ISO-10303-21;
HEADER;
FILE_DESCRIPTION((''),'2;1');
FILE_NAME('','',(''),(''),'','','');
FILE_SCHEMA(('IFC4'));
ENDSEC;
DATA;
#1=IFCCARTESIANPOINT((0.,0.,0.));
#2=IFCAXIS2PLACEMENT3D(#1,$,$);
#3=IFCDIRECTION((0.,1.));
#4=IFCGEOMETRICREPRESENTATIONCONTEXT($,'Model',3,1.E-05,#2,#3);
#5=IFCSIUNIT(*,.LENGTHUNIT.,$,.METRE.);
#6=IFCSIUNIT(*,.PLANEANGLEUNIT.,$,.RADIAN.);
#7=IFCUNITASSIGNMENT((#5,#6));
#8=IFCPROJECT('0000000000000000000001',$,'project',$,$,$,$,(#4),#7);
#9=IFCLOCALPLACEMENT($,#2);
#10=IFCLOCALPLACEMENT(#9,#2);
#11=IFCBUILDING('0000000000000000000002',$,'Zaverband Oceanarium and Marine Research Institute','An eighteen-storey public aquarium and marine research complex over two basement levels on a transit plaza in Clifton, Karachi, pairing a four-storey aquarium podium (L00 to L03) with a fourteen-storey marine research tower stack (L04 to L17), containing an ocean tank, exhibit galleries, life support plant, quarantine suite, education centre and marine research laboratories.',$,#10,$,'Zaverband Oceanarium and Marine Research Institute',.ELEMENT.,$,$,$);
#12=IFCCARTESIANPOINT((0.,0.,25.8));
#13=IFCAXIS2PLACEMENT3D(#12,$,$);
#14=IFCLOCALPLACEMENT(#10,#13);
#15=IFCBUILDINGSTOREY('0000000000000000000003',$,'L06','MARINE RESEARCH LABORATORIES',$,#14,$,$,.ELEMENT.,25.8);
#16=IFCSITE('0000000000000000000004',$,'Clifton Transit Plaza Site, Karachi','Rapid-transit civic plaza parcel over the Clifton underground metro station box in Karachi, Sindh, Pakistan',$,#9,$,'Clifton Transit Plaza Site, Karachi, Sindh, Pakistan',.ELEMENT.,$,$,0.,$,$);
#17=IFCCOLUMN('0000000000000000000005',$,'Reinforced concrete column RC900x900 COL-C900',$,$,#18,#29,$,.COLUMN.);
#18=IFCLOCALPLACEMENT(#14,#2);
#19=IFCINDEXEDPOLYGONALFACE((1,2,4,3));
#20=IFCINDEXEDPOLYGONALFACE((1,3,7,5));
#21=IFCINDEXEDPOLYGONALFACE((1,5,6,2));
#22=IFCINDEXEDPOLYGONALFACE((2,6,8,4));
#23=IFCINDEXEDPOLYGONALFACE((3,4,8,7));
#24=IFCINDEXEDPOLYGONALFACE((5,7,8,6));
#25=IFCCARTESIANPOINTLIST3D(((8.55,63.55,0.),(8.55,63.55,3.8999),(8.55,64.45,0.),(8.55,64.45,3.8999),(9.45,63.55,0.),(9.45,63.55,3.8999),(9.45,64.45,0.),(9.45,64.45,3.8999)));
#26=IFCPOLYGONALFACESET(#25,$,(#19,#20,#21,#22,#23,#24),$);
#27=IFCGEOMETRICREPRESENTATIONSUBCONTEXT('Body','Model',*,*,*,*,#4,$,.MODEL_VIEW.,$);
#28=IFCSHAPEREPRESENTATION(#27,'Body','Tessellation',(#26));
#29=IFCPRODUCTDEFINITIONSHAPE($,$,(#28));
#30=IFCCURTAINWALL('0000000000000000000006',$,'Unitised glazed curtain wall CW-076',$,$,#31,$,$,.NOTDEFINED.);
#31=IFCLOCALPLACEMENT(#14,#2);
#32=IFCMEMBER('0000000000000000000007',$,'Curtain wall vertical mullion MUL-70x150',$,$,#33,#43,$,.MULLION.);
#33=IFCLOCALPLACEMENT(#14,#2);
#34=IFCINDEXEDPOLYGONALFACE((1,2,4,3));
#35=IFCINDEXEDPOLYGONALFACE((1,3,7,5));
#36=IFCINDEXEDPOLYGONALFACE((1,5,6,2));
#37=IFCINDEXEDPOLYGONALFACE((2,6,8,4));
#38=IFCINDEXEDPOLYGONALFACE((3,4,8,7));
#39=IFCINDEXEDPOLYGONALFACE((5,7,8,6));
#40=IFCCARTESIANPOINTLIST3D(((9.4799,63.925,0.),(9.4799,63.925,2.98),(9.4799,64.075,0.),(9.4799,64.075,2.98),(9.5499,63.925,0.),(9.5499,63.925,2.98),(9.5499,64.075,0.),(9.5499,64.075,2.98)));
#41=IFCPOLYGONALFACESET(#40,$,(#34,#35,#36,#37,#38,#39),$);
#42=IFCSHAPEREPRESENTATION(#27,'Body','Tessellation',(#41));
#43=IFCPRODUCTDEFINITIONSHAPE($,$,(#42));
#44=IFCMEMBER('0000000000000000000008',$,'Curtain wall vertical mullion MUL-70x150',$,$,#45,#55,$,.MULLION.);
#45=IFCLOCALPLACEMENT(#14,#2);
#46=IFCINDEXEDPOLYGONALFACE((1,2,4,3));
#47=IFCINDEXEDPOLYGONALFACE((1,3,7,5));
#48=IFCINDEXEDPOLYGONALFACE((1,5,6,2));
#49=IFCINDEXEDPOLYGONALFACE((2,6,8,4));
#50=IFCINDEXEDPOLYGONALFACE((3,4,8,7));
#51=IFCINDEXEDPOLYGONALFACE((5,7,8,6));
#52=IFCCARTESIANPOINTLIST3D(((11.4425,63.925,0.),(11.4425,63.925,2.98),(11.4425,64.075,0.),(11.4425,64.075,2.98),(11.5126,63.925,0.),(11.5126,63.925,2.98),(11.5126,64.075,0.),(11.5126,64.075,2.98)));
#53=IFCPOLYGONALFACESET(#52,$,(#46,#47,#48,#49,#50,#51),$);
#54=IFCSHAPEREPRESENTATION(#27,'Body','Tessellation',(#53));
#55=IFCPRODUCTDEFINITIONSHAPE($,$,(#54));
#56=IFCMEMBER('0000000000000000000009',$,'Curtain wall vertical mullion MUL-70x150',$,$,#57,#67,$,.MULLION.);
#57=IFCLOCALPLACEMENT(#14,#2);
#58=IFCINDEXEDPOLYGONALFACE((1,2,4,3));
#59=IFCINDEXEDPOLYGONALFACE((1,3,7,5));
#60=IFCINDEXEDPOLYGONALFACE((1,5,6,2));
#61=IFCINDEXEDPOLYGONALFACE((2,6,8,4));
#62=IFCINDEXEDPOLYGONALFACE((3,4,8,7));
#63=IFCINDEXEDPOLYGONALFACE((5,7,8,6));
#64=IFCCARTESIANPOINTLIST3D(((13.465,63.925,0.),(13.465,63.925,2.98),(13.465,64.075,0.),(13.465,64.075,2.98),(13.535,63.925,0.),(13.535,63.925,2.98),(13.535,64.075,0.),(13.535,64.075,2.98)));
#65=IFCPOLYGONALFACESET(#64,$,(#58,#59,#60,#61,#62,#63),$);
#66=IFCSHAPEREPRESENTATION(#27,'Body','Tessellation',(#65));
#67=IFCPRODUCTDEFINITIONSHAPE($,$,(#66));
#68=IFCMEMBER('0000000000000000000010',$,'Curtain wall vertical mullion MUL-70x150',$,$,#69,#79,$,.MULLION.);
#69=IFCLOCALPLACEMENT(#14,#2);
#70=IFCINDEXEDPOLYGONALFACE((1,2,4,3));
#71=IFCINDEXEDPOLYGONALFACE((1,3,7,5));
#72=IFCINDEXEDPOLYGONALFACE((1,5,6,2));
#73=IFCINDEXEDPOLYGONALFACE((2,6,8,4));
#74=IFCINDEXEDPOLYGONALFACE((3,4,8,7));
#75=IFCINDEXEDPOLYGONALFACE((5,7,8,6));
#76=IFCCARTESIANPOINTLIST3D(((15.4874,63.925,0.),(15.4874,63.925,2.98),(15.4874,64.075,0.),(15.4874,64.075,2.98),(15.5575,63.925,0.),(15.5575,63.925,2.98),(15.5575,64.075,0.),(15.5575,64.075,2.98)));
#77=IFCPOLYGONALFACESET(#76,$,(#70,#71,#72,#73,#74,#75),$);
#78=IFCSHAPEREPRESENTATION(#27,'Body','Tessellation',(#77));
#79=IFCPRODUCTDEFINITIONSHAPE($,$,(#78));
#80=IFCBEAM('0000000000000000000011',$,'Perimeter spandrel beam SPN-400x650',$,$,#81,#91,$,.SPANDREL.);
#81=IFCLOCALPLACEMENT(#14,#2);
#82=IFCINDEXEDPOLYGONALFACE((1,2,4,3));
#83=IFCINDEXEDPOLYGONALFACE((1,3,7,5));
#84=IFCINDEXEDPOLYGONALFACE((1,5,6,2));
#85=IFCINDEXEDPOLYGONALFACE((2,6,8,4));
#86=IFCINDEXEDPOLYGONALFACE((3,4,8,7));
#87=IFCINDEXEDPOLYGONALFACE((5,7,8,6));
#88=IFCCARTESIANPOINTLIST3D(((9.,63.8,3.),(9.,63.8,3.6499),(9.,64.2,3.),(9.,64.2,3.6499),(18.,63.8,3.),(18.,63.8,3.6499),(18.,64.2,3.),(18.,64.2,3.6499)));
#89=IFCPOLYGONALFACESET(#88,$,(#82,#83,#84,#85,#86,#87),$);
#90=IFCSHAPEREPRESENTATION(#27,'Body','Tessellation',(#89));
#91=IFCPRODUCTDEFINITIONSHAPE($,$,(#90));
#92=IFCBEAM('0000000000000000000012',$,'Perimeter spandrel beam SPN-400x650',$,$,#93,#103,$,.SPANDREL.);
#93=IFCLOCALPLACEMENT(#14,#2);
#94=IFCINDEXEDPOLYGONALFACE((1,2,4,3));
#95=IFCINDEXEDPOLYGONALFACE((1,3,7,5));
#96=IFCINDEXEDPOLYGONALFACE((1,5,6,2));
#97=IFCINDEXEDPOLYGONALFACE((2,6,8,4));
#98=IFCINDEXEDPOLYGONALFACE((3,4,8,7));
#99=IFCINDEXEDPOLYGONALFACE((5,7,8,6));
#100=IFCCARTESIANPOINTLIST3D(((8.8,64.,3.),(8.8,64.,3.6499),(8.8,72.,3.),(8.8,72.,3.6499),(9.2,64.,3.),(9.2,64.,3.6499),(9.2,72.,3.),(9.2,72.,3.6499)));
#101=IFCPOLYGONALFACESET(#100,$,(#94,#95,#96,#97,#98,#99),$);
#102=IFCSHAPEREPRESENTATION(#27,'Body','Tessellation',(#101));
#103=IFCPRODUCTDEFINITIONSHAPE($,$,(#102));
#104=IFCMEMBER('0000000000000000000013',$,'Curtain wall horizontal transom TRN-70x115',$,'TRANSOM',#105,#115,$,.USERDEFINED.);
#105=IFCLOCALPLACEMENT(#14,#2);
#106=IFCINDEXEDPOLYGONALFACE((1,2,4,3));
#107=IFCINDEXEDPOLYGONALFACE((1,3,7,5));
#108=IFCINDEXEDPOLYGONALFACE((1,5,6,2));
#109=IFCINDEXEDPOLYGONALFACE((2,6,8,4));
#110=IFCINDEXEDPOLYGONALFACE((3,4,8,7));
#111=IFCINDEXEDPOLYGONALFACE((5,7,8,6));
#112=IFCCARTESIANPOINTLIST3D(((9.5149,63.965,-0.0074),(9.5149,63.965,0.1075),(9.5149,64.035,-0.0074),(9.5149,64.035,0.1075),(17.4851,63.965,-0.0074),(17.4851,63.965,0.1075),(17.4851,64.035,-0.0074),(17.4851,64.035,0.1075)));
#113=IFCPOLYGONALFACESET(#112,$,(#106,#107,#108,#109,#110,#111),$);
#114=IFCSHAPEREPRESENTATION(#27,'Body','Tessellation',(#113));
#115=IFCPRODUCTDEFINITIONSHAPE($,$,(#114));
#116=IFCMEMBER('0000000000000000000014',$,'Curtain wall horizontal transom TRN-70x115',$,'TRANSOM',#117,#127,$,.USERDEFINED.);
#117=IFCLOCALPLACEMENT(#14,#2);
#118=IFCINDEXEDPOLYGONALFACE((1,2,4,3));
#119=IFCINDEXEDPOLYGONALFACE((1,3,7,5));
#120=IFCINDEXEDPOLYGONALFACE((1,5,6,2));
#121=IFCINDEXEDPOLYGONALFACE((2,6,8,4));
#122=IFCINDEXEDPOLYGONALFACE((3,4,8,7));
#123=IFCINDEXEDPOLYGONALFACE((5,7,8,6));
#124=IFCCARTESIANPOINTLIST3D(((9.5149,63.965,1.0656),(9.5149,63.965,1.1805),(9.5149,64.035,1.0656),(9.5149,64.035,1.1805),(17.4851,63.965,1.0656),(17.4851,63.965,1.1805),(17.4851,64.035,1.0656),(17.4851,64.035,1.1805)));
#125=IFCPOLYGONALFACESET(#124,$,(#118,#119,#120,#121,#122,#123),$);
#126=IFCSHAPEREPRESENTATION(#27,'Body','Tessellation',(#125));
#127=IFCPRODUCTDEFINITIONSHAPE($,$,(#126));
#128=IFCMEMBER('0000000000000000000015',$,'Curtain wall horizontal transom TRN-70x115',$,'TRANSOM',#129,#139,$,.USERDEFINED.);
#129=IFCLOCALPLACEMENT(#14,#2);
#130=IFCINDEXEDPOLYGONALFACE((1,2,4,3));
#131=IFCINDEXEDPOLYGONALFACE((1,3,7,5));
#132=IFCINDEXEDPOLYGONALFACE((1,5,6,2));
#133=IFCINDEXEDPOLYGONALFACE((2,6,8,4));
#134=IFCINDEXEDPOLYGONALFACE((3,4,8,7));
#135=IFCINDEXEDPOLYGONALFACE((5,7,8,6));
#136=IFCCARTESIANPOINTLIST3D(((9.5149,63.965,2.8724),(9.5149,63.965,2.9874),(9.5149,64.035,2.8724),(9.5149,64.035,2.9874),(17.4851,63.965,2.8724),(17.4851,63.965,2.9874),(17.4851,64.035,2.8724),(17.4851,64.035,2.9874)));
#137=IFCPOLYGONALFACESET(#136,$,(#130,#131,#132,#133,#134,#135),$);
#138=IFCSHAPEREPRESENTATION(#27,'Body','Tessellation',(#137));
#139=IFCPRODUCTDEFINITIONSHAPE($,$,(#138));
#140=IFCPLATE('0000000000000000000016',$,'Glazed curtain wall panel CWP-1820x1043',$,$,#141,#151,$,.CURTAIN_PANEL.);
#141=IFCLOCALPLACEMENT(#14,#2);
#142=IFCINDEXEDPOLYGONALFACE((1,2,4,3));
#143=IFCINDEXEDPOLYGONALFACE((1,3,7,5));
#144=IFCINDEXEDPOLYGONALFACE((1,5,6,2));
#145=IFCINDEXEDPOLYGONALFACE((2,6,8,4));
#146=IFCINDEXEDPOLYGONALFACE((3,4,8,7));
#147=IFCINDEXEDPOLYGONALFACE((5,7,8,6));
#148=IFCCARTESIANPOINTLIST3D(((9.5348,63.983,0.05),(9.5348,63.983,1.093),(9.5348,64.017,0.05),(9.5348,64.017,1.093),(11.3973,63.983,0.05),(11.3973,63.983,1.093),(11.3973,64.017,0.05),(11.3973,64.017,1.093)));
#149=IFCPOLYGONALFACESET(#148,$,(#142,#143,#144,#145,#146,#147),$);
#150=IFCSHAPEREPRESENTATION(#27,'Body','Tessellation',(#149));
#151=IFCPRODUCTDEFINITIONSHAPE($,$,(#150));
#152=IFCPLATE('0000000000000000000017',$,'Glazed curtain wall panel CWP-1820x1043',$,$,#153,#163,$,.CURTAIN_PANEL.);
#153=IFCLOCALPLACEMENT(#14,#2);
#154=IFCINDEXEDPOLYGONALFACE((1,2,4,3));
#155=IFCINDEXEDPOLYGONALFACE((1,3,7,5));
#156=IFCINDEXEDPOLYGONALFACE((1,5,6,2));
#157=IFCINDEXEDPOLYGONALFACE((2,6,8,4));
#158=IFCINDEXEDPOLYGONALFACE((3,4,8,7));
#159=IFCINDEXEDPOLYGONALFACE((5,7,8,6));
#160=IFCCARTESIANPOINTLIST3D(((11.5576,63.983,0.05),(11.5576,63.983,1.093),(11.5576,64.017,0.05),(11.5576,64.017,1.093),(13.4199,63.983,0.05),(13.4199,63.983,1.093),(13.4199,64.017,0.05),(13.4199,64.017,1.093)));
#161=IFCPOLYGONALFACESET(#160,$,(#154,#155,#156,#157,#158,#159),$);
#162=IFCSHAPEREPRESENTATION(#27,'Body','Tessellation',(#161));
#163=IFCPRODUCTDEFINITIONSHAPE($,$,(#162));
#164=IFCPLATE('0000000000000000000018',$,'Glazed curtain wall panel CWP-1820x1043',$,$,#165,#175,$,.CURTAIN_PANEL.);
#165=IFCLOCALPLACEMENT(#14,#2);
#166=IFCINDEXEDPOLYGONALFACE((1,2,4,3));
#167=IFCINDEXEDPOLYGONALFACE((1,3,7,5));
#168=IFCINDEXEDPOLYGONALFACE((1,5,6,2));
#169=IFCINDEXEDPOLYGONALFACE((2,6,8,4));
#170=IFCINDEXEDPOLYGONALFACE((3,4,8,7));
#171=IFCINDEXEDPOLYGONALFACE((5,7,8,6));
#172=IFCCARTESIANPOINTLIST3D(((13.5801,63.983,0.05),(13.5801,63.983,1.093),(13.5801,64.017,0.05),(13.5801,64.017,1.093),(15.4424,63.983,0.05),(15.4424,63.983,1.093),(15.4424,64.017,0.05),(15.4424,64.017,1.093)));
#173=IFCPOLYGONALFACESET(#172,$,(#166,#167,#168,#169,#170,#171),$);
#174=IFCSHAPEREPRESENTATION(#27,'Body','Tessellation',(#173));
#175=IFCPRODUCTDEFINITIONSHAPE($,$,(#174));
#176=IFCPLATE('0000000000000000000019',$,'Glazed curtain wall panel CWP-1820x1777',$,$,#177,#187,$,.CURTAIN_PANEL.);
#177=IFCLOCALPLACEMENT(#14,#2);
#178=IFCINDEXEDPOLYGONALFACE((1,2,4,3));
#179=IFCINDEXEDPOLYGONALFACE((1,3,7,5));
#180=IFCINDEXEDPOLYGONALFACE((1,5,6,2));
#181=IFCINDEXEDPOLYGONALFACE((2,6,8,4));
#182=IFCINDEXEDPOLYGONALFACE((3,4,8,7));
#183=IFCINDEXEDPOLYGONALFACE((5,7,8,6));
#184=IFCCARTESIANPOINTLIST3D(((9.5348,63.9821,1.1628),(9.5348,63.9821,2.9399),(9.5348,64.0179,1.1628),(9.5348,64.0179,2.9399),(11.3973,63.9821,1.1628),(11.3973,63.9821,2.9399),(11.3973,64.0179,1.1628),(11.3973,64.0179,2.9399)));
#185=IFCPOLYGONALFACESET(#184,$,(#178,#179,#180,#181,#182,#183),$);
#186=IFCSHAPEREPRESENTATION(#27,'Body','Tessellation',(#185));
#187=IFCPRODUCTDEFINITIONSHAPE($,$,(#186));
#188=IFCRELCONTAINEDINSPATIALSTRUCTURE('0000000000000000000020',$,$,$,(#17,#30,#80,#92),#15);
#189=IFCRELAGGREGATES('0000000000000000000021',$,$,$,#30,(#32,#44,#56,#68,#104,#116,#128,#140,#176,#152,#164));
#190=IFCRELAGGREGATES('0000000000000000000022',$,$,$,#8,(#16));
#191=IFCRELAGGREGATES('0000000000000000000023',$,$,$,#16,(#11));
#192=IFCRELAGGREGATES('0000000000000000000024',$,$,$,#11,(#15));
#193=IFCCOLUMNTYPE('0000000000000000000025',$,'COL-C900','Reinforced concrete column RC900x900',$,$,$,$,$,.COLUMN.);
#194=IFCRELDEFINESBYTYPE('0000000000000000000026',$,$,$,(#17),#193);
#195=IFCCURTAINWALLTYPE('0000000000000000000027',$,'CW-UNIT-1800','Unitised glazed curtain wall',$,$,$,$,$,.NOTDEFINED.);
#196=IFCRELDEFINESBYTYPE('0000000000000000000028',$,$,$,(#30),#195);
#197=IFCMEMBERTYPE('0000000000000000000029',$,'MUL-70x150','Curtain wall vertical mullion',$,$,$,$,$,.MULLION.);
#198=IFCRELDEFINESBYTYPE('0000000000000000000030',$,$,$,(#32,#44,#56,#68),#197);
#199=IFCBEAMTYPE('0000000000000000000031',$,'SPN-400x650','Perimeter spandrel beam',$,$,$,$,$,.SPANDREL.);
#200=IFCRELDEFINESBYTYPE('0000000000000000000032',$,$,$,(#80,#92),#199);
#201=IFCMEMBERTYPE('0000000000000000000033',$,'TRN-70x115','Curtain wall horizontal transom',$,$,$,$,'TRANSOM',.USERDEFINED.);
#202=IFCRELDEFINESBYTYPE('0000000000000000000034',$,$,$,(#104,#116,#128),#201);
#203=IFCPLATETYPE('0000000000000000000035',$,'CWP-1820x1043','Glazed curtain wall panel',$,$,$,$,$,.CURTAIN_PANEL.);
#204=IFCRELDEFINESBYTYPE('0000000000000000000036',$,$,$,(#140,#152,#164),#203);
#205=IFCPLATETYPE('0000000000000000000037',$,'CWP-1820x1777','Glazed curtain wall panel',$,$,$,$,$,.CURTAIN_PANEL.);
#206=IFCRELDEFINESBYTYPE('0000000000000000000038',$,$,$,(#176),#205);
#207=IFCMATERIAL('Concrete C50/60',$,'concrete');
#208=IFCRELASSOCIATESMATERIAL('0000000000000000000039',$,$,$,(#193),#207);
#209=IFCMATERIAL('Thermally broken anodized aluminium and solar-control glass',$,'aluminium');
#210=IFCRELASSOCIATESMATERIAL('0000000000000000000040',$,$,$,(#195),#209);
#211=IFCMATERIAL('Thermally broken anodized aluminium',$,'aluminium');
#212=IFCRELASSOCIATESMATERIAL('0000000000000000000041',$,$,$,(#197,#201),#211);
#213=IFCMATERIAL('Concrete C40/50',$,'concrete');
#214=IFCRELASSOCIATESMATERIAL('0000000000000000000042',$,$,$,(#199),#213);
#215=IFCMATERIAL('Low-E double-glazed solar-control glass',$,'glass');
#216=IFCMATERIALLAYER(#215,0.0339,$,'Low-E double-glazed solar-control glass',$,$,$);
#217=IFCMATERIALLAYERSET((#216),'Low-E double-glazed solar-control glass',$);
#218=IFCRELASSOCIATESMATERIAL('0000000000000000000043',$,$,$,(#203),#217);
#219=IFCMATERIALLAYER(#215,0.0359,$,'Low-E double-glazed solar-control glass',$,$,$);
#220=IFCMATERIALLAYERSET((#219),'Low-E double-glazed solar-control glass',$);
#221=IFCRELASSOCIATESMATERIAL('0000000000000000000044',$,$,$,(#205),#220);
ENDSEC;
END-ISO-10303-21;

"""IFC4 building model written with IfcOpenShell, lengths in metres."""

from ifc_helpers import new_model, si_unit, direction, frame, frame_2d, origin, origin_2d, place, context, subcontext, project, spatial, rectangle, extrude, material, layer, layer_set, material_profile, profile_set, type_object, element, aggregate, save


model = new_model("IFC4")

# Units and contexts
model_context = context("Model", 3, precision=1e-05, world=origin(), true_north=direction((0.0, 1.0)))
body_context = subcontext(model_context, "Body", "Model", "MODEL_VIEW")
ifc_project = project(units=[si_unit("LENGTHUNIT", "METRE"), si_unit("PLANEANGLEUNIT", "RADIAN")], contexts=[model_context])

# Site, building, storey
site_placement = place(None, origin())
site = spatial("IfcSite", under=ifc_project, at=site_placement, Name="Clifton Transit Plaza Site, Karachi", Description="Rapid-transit civic plaza parcel over the Clifton underground metro station box in Karachi, Sindh, Pakistan", LongName="Clifton Transit Plaza Site, Karachi, Sindh, Pakistan", CompositionType="ELEMENT", RefElevation=0.0)
building_placement = place(site_placement, origin())
building = spatial("IfcBuilding", under=site, at=building_placement, Name="Zaverband Oceanarium and Marine Research Institute", Description="An eighteen-storey public aquarium and marine research complex over two basement levels on a transit plaza in Clifton, Karachi, pairing a four-storey aquarium podium (L00 to L03) with a fourteen-storey marine research tower stack (L04 to L17), containing an ocean tank, exhibit galleries, life support plant, quarantine suite, education centre and marine research laboratories.", LongName="Zaverband Oceanarium and Marine Research Institute", CompositionType="ELEMENT")
storey_placement = place(building_placement, frame((0.0, 0.0, 25.8)))
storey = spatial("IfcBuildingStorey", under=building, at=storey_placement, Name="L06", Description="MARINE RESEARCH LABORATORIES", CompositionType="ELEMENT", Elevation=25.8)

# Column
ifc_material_1 = material(Name="Concrete C50/60", Category="concrete")
ifc_material_profile_1 = material_profile(ifc_material_1, rectangle(XDim=0.8999, YDim=0.8999, at=origin_2d()), Name="RC900x900")
ifc_profile_set_1 = profile_set([ifc_material_profile_1], Name="Concrete C50/60")
column_type = type_object("IfcColumnType", Name="COL-C900", Description="Reinforced concrete column RC900x900", PredefinedType="COLUMN", material=ifc_profile_set_1)
column_placement = place(storey_placement, frame((9.0, 64.0, 0.0), z_axis=(0.0, 0.0, 1.0), x_axis=(1.0, 0.0, 0.0)))
element("IfcColumn", 1, at=column_placement, inside=storey, type_object=column_type, Name="Reinforced concrete column RC900x900 COL-C900", PredefinedType="COLUMN", context=body_context, shape_type="SweptSolid", body=[
    extrude(rectangle(XDim=0.8999, YDim=0.8999, at=origin_2d()), origin(), (0.0, 0.0, 1.0), 3.8999),
])

# Curtain wall, members
ifc_material_2 = material(Name="Thermally broken anodized aluminium and solar-control glass", Category="aluminium")
curtain_wall_type = type_object("IfcCurtainWallType", Name="CW-UNIT-1800", Description="Unitised glazed curtain wall", PredefinedType="NOTDEFINED", material=ifc_material_2)
curtain_wall_placement = place(storey_placement, origin())
curtain_wall = element("IfcCurtainWall", 2, at=curtain_wall_placement, inside=storey, type_object=curtain_wall_type, Name="Unitised glazed curtain wall CW-076", PredefinedType="NOTDEFINED")
ifc_material_3 = material(Name="Thermally broken anodized aluminium", Category="aluminium")
ifc_material_profile_2 = material_profile(ifc_material_3, rectangle(XDim=0.0701, YDim=0.1499, at=origin_2d()), Name="AL-MUL-70x150")
ifc_profile_set_2 = profile_set([ifc_material_profile_2], Name="Thermally broken anodized aluminium")
member_type_1 = type_object("IfcMemberType", Name="MUL-70x150", Description="Curtain wall vertical mullion", PredefinedType="MULLION", material=ifc_profile_set_2)
member_1_placement = place(storey_placement, frame((9.5149, 64.0, 0.0), z_axis=(0.0, 0.0, 1.0), x_axis=(1.0, 0.0, 0.0)))
member_1 = element("IfcMember", 3, at=member_1_placement, type_object=member_type_1, Name="Curtain wall vertical mullion MUL-70x150", PredefinedType="MULLION", context=body_context, shape_type="SweptSolid", body=[
    extrude(rectangle(XDim=0.0701, YDim=0.1499, at=origin_2d()), origin(), (0.0, 0.0, 1.0), 2.98),
])
member_2_placement = place(storey_placement, frame((11.4775, 64.0, 0.0), z_axis=(0.0, 0.0, 1.0), x_axis=(1.0, 0.0, 0.0)))
member_2 = element("IfcMember", 4, at=member_2_placement, type_object=member_type_1, Name="Curtain wall vertical mullion MUL-70x150", PredefinedType="MULLION", context=body_context, shape_type="SweptSolid", body=[
    extrude(rectangle(XDim=0.0701, YDim=0.1499, at=origin_2d()), origin(), (0.0, 0.0, 1.0), 2.98),
])
member_3_placement = place(storey_placement, frame((13.5, 64.0, 0.0), z_axis=(0.0, 0.0, 1.0), x_axis=(1.0, 0.0, 0.0)))
member_3 = element("IfcMember", 5, at=member_3_placement, type_object=member_type_1, Name="Curtain wall vertical mullion MUL-70x150", PredefinedType="MULLION", context=body_context, shape_type="SweptSolid", body=[
    extrude(rectangle(XDim=0.0701, YDim=0.1499, at=origin_2d()), origin(), (0.0, 0.0, 1.0), 2.98),
])
member_4_placement = place(storey_placement, frame((15.5225, 64.0, 0.0), z_axis=(0.0, 0.0, 1.0), x_axis=(1.0, 0.0, 0.0)))
member_4 = element("IfcMember", 6, at=member_4_placement, type_object=member_type_1, Name="Curtain wall vertical mullion MUL-70x150", PredefinedType="MULLION", context=body_context, shape_type="SweptSolid", body=[
    extrude(rectangle(XDim=0.0701, YDim=0.1499, at=origin_2d()), origin(), (0.0, 0.0, 1.0), 2.98),
])

# Beams
ifc_material_4 = material(Name="Concrete C40/50", Category="concrete")
ifc_material_profile_3 = material_profile(ifc_material_4, rectangle(XDim=0.3999, YDim=0.6499, at=origin_2d()), Name="RC400x650")
ifc_profile_set_3 = profile_set([ifc_material_profile_3], Name="Concrete C40/50")
beam_type = type_object("IfcBeamType", Name="SPN-400x650", Description="Perimeter spandrel beam", PredefinedType="SPANDREL", material=ifc_profile_set_3)
beam_1_placement = place(storey_placement, frame((9.0, 64.0, 3.325), z_axis=(1.0, 0.0, 0.0), x_axis=(0.0, 1.0, 0.0)))
element("IfcBeam", 7, at=beam_1_placement, inside=storey, type_object=beam_type, Name="Perimeter spandrel beam SPN-400x650", PredefinedType="SPANDREL", context=body_context, shape_type="SweptSolid", body=[
    extrude(rectangle(XDim=0.3999, YDim=0.6499, at=origin_2d()), origin(), (0.0, 0.0, 1.0), 9.0),
])
beam_2_placement = place(storey_placement, frame((9.0, 64.0, 3.325), z_axis=(0.0, 1.0, 0.0), x_axis=(-1.0, 0.0, 0.0)))
element("IfcBeam", 8, at=beam_2_placement, inside=storey, type_object=beam_type, Name="Perimeter spandrel beam SPN-400x650", PredefinedType="SPANDREL", context=body_context, shape_type="SweptSolid", body=[
    extrude(rectangle(XDim=0.3999, YDim=0.6499, at=origin_2d()), origin(), (0.0, 0.0, 1.0), 8.0),
])

# Members
ifc_material_profile_4 = material_profile(ifc_material_3, rectangle(XDim=0.0701, YDim=0.115, at=origin_2d()), Name="AL-TRN-70x115")
ifc_profile_set_4 = profile_set([ifc_material_profile_4], Name="Thermally broken anodized aluminium")
member_type_2 = type_object("IfcMemberType", Name="TRN-70x115", Description="Curtain wall horizontal transom", ElementType="TRANSOM", PredefinedType="USERDEFINED", material=ifc_profile_set_4)
member_5_placement = place(storey_placement, frame((9.5149, 64.0, 0.05), z_axis=(1.0, 0.0, 0.0), x_axis=(0.0, 1.0, 0.0)))
member_5 = element("IfcMember", 9, at=member_5_placement, type_object=member_type_2, Name="Curtain wall horizontal transom TRN-70x115", ObjectType="TRANSOM", PredefinedType="USERDEFINED", context=body_context, shape_type="SweptSolid", body=[
    extrude(rectangle(XDim=0.0701, YDim=0.115, at=origin_2d()), origin(), (0.0, 0.0, 1.0), 7.9702),
])
member_6_placement = place(storey_placement, frame((9.5149, 64.0, 1.123), z_axis=(1.0, 0.0, 0.0), x_axis=(0.0, 1.0, 0.0)))
member_6 = element("IfcMember", 10, at=member_6_placement, type_object=member_type_2, Name="Curtain wall horizontal transom TRN-70x115", ObjectType="TRANSOM", PredefinedType="USERDEFINED", context=body_context, shape_type="SweptSolid", body=[
    extrude(rectangle(XDim=0.0701, YDim=0.115, at=origin_2d()), origin(), (0.0, 0.0, 1.0), 7.9702),
])
member_7_placement = place(storey_placement, frame((9.5149, 64.0, 2.9299), z_axis=(1.0, 0.0, 0.0), x_axis=(0.0, 1.0, 0.0)))
member_7 = element("IfcMember", 11, at=member_7_placement, type_object=member_type_2, Name="Curtain wall horizontal transom TRN-70x115", ObjectType="TRANSOM", PredefinedType="USERDEFINED", context=body_context, shape_type="SweptSolid", body=[
    extrude(rectangle(XDim=0.0701, YDim=0.115, at=origin_2d()), origin(), (0.0, 0.0, 1.0), 7.9702),
])

# Plates
ifc_material_5 = material(Name="Low-E double-glazed solar-control glass", Category="glass")
ifc_layer_1 = layer(ifc_material_5, 0.0339, Name="Low-E double-glazed solar-control glass")
ifc_layer_set_1 = layer_set([ifc_layer_1], Name="Low-E double-glazed solar-control glass")
plate_type_1 = type_object("IfcPlateType", Name="CWP-1820x1043", Description="Glazed curtain wall panel", PredefinedType="CURTAIN_PANEL", material=ifc_layer_set_1)
plate_1_placement = place(storey_placement, frame((9.5349, 64.0, 0.05), z_axis=(0.0, 0.0, 1.0), x_axis=(1.0, 0.0, 0.0)))
plate_1 = element("IfcPlate", 12, at=plate_1_placement, type_object=plate_type_1, Name="Glazed curtain wall panel CWP-1820x1043", PredefinedType="CURTAIN_PANEL", context=body_context, shape_type="SweptSolid", body=[
    extrude(rectangle(XDim=1.8625, YDim=0.0339, at=frame_2d((0.9312, 0.0))), origin(), (0.0, 0.0, 1.0), 1.043),
])
plate_2_placement = place(storey_placement, frame((11.5576, 64.0, 0.05), z_axis=(0.0, 0.0, 1.0), x_axis=(1.0, 0.0, 0.0)))
plate_2 = element("IfcPlate", 13, at=plate_2_placement, type_object=plate_type_1, Name="Glazed curtain wall panel CWP-1820x1043", PredefinedType="CURTAIN_PANEL", context=body_context, shape_type="SweptSolid", body=[
    extrude(rectangle(XDim=1.8623, YDim=0.0339, at=frame_2d((0.9312, 0.0))), origin(), (0.0, 0.0, 1.0), 1.043),
])
plate_3_placement = place(storey_placement, frame((13.5801, 64.0, 0.05), z_axis=(0.0, 0.0, 1.0), x_axis=(1.0, 0.0, 0.0)))
plate_3 = element("IfcPlate", 14, at=plate_3_placement, type_object=plate_type_1, Name="Glazed curtain wall panel CWP-1820x1043", PredefinedType="CURTAIN_PANEL", context=body_context, shape_type="SweptSolid", body=[
    extrude(rectangle(XDim=1.8623, YDim=0.0339, at=frame_2d((0.9312, 0.0))), origin(), (0.0, 0.0, 1.0), 1.043),
])
ifc_layer_2 = layer(ifc_material_5, 0.0359, Name="Low-E double-glazed solar-control glass")
ifc_layer_set_2 = layer_set([ifc_layer_2], Name="Low-E double-glazed solar-control glass")
plate_type_2 = type_object("IfcPlateType", Name="CWP-1820x1777", Description="Glazed curtain wall panel", PredefinedType="CURTAIN_PANEL", material=ifc_layer_set_2)
plate_4_placement = place(storey_placement, frame((9.5349, 64.0, 1.1628), z_axis=(0.0, 0.0, 1.0), x_axis=(1.0, 0.0, 0.0)))
plate_4 = element("IfcPlate", 15, at=plate_4_placement, type_object=plate_type_2, Name="Glazed curtain wall panel CWP-1820x1777", PredefinedType="CURTAIN_PANEL", context=body_context, shape_type="SweptSolid", body=[
    extrude(rectangle(XDim=1.8625, YDim=0.0359, at=frame_2d((0.9312, 0.0))), origin(), (0.0, 0.0, 1.0), 1.7771),
])
aggregate(curtain_wall, [member_1, member_2, member_3, member_4, member_5, member_6, member_7, plate_1, plate_4, plate_2, plate_3])

save(model, "model.ifc")
